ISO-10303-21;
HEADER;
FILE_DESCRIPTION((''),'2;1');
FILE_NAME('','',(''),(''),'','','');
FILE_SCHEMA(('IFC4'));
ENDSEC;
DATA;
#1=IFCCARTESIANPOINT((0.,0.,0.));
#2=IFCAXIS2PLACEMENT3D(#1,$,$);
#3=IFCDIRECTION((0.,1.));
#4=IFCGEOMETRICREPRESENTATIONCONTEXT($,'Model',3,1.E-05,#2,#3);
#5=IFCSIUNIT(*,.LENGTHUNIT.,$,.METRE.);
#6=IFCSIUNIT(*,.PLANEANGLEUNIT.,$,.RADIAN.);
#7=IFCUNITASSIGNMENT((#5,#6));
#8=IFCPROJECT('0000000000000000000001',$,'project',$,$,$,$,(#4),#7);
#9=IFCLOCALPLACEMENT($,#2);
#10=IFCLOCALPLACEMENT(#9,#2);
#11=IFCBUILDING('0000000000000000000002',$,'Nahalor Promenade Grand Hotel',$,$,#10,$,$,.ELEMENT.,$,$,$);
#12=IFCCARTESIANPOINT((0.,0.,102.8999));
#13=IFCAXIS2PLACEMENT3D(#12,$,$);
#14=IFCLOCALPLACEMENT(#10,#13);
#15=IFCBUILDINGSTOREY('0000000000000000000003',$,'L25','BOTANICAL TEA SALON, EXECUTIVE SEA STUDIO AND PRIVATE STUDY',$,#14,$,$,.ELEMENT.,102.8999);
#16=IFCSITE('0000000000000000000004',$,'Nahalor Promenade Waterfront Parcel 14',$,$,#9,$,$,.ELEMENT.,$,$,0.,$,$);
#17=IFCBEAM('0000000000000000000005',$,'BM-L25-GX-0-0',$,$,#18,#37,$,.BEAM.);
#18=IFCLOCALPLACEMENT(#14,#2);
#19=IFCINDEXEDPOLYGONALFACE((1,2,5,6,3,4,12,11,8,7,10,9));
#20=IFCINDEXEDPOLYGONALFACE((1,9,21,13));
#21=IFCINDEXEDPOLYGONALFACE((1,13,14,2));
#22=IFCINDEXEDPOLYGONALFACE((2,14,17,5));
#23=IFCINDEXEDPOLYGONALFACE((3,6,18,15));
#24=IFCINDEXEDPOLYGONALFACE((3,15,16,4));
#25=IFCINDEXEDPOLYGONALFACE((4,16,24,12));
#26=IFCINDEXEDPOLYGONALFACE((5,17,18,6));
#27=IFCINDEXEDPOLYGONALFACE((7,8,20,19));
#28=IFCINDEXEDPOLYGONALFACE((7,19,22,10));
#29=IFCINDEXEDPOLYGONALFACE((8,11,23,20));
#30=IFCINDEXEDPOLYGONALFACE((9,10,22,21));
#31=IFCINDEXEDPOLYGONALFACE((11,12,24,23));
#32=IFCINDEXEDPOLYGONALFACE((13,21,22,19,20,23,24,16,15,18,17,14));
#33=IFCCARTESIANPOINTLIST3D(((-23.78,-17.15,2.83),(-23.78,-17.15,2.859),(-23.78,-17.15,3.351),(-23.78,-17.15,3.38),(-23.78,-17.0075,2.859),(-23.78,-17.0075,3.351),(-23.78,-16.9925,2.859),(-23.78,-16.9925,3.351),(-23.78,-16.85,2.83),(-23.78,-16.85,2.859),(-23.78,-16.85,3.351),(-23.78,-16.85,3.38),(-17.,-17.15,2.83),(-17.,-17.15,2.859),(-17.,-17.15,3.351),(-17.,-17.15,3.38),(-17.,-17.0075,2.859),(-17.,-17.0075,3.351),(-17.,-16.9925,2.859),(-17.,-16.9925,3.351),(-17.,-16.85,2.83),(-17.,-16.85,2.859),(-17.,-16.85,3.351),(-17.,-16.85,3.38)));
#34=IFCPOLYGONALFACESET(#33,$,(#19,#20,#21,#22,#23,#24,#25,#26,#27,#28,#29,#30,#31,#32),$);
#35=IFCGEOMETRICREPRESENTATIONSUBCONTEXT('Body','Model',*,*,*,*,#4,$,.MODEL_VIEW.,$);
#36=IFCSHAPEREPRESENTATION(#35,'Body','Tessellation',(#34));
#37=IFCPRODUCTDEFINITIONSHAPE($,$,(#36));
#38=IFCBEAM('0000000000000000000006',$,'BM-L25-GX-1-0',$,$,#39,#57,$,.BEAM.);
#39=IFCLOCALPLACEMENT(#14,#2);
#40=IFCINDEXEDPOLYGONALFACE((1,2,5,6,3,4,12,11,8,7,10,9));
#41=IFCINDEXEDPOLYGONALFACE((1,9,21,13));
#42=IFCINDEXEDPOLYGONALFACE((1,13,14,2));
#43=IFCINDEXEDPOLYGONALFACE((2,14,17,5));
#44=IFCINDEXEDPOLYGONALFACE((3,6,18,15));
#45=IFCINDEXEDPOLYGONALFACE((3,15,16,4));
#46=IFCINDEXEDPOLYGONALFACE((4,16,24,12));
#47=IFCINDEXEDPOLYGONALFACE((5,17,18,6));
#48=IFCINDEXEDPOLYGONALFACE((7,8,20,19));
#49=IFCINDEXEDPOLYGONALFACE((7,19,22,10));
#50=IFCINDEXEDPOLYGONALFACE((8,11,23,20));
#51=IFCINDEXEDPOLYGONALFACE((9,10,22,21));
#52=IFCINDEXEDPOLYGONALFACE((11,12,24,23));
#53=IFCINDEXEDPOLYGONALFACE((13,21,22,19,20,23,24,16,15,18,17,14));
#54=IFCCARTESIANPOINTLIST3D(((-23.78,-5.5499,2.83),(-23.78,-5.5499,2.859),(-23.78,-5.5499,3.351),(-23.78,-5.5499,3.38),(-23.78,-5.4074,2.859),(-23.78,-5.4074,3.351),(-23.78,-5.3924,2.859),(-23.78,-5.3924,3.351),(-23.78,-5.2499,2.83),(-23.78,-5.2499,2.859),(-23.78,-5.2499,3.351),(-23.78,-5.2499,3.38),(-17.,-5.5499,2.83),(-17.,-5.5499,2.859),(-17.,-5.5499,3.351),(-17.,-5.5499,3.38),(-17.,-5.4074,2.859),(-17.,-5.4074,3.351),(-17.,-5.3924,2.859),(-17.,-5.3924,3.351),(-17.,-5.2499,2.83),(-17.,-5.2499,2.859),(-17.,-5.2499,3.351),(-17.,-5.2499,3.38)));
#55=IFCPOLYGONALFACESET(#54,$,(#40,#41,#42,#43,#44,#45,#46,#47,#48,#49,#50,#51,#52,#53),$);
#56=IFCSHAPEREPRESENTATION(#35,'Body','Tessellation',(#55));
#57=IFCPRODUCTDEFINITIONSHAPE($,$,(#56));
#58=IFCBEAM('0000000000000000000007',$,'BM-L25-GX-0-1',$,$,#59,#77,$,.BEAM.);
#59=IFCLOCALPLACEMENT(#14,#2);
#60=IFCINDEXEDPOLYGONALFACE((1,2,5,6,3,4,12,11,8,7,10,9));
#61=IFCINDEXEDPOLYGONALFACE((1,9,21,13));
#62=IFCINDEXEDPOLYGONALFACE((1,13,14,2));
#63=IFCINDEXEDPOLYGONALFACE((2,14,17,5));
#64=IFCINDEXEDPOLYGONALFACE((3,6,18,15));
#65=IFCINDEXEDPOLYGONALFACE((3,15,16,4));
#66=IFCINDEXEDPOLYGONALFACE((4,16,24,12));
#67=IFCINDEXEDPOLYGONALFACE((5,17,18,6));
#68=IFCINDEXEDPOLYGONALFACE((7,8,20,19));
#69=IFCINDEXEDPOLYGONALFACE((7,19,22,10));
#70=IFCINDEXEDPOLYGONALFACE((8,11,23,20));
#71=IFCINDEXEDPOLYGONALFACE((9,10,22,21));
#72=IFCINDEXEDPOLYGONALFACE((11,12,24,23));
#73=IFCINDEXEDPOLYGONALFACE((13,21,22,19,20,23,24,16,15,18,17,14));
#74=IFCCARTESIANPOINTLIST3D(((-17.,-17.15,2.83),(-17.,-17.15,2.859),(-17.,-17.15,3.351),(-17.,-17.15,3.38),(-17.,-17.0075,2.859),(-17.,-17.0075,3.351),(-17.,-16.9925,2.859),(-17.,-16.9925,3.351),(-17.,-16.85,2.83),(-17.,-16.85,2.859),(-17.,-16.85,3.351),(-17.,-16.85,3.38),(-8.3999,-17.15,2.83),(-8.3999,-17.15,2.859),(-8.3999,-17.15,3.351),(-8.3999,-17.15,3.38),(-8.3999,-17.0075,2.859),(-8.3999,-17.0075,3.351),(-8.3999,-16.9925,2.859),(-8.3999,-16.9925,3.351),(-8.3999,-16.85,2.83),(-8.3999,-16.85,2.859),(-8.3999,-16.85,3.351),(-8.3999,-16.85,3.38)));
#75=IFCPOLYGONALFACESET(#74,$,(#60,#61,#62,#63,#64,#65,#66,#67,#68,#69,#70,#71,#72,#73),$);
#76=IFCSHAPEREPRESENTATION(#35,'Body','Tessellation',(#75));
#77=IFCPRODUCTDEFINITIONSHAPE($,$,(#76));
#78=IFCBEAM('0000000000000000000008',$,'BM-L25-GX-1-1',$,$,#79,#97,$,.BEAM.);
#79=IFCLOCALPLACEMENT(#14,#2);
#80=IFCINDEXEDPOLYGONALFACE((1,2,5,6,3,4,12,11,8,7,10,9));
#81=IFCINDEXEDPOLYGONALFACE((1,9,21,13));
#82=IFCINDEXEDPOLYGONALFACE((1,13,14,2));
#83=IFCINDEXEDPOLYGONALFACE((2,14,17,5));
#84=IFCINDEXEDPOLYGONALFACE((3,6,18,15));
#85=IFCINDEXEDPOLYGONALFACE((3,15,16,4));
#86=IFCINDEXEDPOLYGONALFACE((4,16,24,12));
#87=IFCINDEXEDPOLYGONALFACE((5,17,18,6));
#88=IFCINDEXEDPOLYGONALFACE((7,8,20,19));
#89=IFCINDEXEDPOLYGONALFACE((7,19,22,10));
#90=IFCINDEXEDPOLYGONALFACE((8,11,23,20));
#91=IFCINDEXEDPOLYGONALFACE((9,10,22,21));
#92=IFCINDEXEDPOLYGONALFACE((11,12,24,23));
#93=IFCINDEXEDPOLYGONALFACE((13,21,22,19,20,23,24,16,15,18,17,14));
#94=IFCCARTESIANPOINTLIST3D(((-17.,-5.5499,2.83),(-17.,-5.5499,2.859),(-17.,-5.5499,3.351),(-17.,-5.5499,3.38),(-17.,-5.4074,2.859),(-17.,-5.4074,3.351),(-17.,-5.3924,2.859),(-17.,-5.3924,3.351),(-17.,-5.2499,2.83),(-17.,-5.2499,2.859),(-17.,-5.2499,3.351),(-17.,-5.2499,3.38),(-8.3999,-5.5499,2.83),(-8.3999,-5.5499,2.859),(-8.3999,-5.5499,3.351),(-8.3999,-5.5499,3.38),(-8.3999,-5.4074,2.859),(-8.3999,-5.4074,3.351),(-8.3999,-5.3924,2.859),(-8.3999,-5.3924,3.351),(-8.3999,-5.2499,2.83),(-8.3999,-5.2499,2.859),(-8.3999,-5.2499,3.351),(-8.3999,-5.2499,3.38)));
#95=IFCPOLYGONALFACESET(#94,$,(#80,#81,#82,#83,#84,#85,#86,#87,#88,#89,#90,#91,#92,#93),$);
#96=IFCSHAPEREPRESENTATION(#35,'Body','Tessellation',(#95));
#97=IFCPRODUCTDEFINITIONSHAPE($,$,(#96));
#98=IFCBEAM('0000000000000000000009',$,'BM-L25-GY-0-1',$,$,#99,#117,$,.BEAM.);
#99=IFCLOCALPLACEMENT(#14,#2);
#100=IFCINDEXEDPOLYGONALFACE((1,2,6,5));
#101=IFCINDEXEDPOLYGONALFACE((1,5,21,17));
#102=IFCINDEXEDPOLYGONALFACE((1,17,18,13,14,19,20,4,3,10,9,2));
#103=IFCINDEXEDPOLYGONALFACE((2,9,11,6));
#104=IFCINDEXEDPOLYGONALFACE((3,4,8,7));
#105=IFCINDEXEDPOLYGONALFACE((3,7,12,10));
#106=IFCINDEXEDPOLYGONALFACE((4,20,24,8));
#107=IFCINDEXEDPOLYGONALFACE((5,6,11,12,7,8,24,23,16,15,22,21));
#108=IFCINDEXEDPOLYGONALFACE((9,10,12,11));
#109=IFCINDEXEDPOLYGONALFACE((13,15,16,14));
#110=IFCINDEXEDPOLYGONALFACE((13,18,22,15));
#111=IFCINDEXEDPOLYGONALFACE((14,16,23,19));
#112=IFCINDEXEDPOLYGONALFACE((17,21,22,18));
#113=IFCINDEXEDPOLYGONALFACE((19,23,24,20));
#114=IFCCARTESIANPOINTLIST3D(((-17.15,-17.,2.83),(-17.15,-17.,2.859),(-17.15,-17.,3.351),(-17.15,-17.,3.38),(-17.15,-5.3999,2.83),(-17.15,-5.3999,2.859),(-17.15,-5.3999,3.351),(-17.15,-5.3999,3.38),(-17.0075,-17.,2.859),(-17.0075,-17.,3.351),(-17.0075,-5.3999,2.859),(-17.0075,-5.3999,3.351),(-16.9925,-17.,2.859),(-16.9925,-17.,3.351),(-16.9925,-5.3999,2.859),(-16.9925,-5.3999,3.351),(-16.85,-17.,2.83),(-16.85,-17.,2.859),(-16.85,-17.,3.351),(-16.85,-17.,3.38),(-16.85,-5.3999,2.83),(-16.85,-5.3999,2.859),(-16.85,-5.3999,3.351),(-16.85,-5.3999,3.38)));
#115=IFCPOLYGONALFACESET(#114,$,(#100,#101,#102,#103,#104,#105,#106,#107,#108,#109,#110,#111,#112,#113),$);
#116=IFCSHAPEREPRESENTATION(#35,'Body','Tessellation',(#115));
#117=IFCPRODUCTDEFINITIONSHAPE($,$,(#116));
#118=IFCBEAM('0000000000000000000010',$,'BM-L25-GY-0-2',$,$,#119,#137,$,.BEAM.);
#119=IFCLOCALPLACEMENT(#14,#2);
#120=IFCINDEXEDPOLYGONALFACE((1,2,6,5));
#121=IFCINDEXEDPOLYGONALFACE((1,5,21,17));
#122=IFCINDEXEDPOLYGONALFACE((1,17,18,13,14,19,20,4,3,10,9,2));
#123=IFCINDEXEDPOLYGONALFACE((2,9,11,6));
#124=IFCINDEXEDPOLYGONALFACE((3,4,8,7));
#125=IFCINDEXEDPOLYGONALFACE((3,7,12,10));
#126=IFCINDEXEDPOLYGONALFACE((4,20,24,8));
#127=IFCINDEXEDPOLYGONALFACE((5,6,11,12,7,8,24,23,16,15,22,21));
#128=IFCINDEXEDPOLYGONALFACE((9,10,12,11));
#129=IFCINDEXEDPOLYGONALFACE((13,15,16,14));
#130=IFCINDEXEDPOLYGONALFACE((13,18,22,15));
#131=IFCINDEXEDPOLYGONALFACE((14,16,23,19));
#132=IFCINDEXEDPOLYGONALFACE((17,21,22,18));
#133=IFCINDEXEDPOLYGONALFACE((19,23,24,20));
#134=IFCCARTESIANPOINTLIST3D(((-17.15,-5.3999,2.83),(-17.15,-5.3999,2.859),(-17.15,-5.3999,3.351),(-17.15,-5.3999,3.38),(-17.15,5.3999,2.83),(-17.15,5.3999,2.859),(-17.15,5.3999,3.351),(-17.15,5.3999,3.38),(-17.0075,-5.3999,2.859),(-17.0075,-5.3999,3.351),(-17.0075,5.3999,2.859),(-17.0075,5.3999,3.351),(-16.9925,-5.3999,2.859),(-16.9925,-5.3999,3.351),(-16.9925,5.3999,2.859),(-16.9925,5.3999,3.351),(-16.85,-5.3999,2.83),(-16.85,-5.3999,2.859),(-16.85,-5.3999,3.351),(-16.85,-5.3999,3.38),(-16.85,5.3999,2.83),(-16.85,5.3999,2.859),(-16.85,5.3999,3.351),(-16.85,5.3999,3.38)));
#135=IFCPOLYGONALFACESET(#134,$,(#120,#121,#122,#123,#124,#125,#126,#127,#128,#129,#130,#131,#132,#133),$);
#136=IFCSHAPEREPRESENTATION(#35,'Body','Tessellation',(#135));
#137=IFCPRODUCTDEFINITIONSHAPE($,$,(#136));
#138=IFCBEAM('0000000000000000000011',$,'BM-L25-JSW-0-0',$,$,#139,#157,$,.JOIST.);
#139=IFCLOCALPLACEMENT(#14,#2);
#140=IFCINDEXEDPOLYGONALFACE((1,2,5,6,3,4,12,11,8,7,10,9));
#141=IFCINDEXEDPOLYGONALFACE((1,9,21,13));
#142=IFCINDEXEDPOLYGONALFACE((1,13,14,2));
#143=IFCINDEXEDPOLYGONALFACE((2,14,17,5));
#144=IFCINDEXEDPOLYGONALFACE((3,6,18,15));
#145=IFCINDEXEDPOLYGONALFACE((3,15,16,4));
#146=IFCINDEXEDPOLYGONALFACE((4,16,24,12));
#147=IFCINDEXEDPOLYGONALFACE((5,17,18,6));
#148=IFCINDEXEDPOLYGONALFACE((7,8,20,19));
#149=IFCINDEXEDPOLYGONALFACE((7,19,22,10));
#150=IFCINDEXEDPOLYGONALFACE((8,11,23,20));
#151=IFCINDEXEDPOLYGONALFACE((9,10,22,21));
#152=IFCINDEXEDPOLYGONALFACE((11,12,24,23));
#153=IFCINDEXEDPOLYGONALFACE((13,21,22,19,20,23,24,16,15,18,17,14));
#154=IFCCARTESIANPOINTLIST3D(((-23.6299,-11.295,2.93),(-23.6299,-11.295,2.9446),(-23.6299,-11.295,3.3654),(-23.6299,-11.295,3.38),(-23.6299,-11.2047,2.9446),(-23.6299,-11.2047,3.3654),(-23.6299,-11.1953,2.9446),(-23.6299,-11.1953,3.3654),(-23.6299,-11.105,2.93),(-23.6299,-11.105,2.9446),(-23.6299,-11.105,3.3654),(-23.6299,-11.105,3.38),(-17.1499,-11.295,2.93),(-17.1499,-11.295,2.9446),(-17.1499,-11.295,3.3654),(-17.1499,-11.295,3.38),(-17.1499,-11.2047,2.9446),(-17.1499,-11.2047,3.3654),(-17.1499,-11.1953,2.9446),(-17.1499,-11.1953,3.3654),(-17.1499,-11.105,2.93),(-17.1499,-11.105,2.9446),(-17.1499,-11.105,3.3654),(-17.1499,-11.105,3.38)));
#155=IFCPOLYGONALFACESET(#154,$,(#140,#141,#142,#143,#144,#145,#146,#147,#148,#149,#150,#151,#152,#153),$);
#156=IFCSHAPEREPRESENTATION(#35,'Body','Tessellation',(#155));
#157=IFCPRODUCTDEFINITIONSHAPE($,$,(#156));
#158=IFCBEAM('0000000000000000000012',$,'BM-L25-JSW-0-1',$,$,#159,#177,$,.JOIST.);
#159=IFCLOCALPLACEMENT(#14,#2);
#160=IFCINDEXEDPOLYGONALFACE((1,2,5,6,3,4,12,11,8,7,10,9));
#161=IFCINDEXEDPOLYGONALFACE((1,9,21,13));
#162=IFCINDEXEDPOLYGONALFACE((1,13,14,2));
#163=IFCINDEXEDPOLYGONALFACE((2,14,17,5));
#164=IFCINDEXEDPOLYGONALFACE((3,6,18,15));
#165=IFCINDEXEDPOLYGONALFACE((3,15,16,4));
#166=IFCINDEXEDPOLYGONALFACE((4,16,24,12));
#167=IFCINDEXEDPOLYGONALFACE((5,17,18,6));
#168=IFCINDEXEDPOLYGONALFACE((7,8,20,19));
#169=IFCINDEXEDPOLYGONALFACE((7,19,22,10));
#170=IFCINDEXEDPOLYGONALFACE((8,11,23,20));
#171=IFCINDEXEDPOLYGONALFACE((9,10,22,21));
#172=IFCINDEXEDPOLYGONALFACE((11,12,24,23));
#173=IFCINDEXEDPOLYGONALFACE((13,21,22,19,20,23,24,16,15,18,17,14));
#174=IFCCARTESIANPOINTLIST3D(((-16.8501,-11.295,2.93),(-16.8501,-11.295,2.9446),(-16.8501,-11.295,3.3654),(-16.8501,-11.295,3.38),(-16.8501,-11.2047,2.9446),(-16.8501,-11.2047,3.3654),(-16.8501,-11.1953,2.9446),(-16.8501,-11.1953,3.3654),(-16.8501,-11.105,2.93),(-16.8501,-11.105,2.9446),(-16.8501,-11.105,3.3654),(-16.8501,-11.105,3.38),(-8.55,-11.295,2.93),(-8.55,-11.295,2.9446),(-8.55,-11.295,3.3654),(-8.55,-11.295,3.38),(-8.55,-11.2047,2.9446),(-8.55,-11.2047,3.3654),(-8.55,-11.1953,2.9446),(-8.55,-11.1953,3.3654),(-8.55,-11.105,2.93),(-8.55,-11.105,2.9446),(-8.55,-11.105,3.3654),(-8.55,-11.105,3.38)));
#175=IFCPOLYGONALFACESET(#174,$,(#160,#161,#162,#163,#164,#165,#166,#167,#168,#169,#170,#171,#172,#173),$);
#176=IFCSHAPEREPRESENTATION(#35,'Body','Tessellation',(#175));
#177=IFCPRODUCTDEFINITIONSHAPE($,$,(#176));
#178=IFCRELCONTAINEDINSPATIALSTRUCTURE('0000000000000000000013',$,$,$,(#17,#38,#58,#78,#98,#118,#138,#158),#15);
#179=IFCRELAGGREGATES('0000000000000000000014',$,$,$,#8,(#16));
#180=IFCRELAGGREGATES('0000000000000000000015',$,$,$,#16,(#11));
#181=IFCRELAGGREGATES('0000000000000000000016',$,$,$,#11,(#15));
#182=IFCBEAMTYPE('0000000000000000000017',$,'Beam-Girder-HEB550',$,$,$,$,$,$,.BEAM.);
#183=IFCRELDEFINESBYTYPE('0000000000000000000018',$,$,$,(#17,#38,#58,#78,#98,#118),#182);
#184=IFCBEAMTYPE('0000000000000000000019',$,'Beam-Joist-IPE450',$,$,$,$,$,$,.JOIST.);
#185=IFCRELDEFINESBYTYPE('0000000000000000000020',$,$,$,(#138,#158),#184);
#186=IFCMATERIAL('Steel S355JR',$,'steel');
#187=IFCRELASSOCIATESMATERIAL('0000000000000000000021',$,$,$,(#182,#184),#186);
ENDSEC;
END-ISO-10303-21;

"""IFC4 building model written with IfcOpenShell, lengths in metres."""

from ifc_helpers import new_model, si_unit, direction, frame, origin, origin_2d, place, context, subcontext, project, spatial, i_section, extrude, source, transform, mapped, material, material_profile, profile_set, type_object, element, save


model = new_model("IFC4")

# Units and contexts
model_context = context("Model", 3, precision=1e-05, world=origin(), true_north=direction((0.0, 1.0)))
body_context = subcontext(model_context, "Body", "Model", "MODEL_VIEW")
ifc_project = project(units=[si_unit("LENGTHUNIT", "METRE"), si_unit("PLANEANGLEUNIT", "RADIAN")], contexts=[model_context])

# Site, building, storey
site_placement = place(None, origin())
site = spatial("IfcSite", under=ifc_project, at=site_placement, Name="Nahalor Promenade Waterfront Parcel 14", CompositionType="ELEMENT", RefElevation=0.0)
building_placement = place(site_placement, origin())
building = spatial("IfcBuilding", under=site, at=building_placement, Name="Nahalor Promenade Grand Hotel", CompositionType="ELEMENT")
storey_placement = place(building_placement, frame((0.0, 0.0, 102.8999)))
storey = spatial("IfcBuildingStorey", under=building, at=storey_placement, Name="L25", Description="BOTANICAL TEA SALON, EXECUTIVE SEA STUDIO AND PRIVATE STUDY", CompositionType="ELEMENT", Elevation=102.8999)

# Beams
ifc_material_1 = material(Name="Steel S355JR", Category="steel")
ifc_material_profile_1 = material_profile(ifc_material_1, i_section(OverallWidth=0.3, OverallDepth=0.55, WebThickness=0.015, FlangeThickness=0.029, at=origin_2d()), Name="HEB 550")
ifc_profile_set_1 = profile_set([ifc_material_profile_1], Name="Steel S355JR")
beam_type_1 = type_object("IfcBeamType", Name="Beam-Girder-HEB550", PredefinedType="BEAM", material=ifc_profile_set_1)
shared_shape_1 = source(origin(), body_context, "Body", "SweptSolid", [
    extrude(i_section(OverallWidth=0.3, OverallDepth=0.55, WebThickness=0.015, FlangeThickness=0.029, at=origin_2d()), origin(), (0.0, 0.0, 1.0), 6.78),
])
for number, where, z_axis, x_axis, name in (
    (1, (-23.78, -17.0, 3.105), (1.0, 0.0, 0.0), (0.0, 1.0, 0.0), "BM-L25-GX-0-0"),
    (2, (-23.78, -5.3999, 3.105), (1.0, 0.0, 0.0), (0.0, 1.0, 0.0), "BM-L25-GX-1-0"),
):
    element("IfcBeam", number, at=place(storey_placement, frame(where, z_axis=z_axis, x_axis=x_axis)), inside=storey, type_object=beam_type_1, Name=name, PredefinedType="BEAM", context=body_context, shape_type="MappedRepresentation", body=[
        mapped(shared_shape_1, transform((0.0, 0.0, 0.0), scale=1.0)),
    ])
shared_shape_2 = source(origin(), body_context, "Body", "SweptSolid", [
    extrude(i_section(OverallWidth=0.3, OverallDepth=0.55, WebThickness=0.015, FlangeThickness=0.029, at=origin_2d()), origin(), (0.0, 0.0, 1.0), 8.6001),
])
for number, where, z_axis, x_axis, name in (
    (3, (-17.0, -17.0, 3.105), (1.0, 0.0, 0.0), (0.0, 1.0, 0.0), "BM-L25-GX-0-1"),
    (4, (-17.0, -5.3999, 3.105), (1.0, 0.0, 0.0), (0.0, 1.0, 0.0), "BM-L25-GX-1-1"),
):
    element("IfcBeam", number, at=place(storey_placement, frame(where, z_axis=z_axis, x_axis=x_axis)), inside=storey, type_object=beam_type_1, Name=name, PredefinedType="BEAM", context=body_context, shape_type="MappedRepresentation", body=[
        mapped(shared_shape_2, transform((0.0, 0.0, 0.0), scale=1.0)),
    ])
shared_shape_3 = source(origin(), body_context, "Body", "SweptSolid", [
    extrude(i_section(OverallWidth=0.3, OverallDepth=0.55, WebThickness=0.015, FlangeThickness=0.029, at=origin_2d()), origin(), (0.0, 0.0, 1.0), 11.6001),
])
beam_1_placement = place(storey_placement, frame((-17.0, -17.0, 3.105), z_axis=(0.0, 1.0, 0.0), x_axis=(-1.0, 0.0, 0.0)))
element("IfcBeam", 5, at=beam_1_placement, inside=storey, type_object=beam_type_1, Name="BM-L25-GY-0-1", PredefinedType="BEAM", context=body_context, shape_type="MappedRepresentation", body=[
    mapped(shared_shape_3, transform((0.0, 0.0, 0.0), scale=1.0)),
])
shared_shape_4 = source(origin(), body_context, "Body", "SweptSolid", [
    extrude(i_section(OverallWidth=0.3, OverallDepth=0.55, WebThickness=0.015, FlangeThickness=0.029, at=origin_2d()), origin(), (0.0, 0.0, 1.0), 10.7998),
])
beam_2_placement = place(storey_placement, frame((-17.0, -5.3999, 3.105), z_axis=(0.0, 1.0, 0.0), x_axis=(-1.0, 0.0, 0.0)))
element("IfcBeam", 6, at=beam_2_placement, inside=storey, type_object=beam_type_1, Name="BM-L25-GY-0-2", PredefinedType="BEAM", context=body_context, shape_type="MappedRepresentation", body=[
    mapped(shared_shape_4, transform((0.0, 0.0, 0.0), scale=1.0)),
])
ifc_material_profile_2 = material_profile(ifc_material_1, i_section(OverallWidth=0.19, OverallDepth=0.45, WebThickness=0.0094, FlangeThickness=0.0146, at=origin_2d()), Name="IPE 450")
ifc_profile_set_2 = profile_set([ifc_material_profile_2], Name="Steel S355JR")
beam_type_2 = type_object("IfcBeamType", Name="Beam-Joist-IPE450", PredefinedType="JOIST", material=ifc_profile_set_2)
shared_shape_5 = source(origin(), body_context, "Body", "SweptSolid", [
    extrude(i_section(OverallWidth=0.19, OverallDepth=0.45, WebThickness=0.0094, FlangeThickness=0.0146, at=origin_2d()), origin(), (0.0, 0.0, 1.0), 6.48),
])
beam_3_placement = place(storey_placement, frame((-23.6299, -11.2, 3.155), z_axis=(1.0, 0.0, 0.0), x_axis=(0.0, 1.0, 0.0)))
element("IfcBeam", 7, at=beam_3_placement, inside=storey, type_object=beam_type_2, Name="BM-L25-JSW-0-0", PredefinedType="JOIST", context=body_context, shape_type="MappedRepresentation", body=[
    mapped(shared_shape_5, transform((0.0, 0.0, 0.0), scale=1.0)),
])
shared_shape_6 = source(origin(), body_context, "Body", "SweptSolid", [
    extrude(i_section(OverallWidth=0.19, OverallDepth=0.45, WebThickness=0.0094, FlangeThickness=0.0146, at=origin_2d()), origin(), (0.0, 0.0, 1.0), 8.3),
])
beam_4_placement = place(storey_placement, frame((-16.8501, -11.2, 3.155), z_axis=(1.0, 0.0, 0.0), x_axis=(0.0, 1.0, 0.0)))
element("IfcBeam", 8, at=beam_4_placement, inside=storey, type_object=beam_type_2, Name="BM-L25-JSW-0-1", PredefinedType="JOIST", context=body_context, shape_type="MappedRepresentation", body=[
    mapped(shared_shape_6, transform((0.0, 0.0, 0.0), scale=1.0)),
])

save(model, "model.ifc")
